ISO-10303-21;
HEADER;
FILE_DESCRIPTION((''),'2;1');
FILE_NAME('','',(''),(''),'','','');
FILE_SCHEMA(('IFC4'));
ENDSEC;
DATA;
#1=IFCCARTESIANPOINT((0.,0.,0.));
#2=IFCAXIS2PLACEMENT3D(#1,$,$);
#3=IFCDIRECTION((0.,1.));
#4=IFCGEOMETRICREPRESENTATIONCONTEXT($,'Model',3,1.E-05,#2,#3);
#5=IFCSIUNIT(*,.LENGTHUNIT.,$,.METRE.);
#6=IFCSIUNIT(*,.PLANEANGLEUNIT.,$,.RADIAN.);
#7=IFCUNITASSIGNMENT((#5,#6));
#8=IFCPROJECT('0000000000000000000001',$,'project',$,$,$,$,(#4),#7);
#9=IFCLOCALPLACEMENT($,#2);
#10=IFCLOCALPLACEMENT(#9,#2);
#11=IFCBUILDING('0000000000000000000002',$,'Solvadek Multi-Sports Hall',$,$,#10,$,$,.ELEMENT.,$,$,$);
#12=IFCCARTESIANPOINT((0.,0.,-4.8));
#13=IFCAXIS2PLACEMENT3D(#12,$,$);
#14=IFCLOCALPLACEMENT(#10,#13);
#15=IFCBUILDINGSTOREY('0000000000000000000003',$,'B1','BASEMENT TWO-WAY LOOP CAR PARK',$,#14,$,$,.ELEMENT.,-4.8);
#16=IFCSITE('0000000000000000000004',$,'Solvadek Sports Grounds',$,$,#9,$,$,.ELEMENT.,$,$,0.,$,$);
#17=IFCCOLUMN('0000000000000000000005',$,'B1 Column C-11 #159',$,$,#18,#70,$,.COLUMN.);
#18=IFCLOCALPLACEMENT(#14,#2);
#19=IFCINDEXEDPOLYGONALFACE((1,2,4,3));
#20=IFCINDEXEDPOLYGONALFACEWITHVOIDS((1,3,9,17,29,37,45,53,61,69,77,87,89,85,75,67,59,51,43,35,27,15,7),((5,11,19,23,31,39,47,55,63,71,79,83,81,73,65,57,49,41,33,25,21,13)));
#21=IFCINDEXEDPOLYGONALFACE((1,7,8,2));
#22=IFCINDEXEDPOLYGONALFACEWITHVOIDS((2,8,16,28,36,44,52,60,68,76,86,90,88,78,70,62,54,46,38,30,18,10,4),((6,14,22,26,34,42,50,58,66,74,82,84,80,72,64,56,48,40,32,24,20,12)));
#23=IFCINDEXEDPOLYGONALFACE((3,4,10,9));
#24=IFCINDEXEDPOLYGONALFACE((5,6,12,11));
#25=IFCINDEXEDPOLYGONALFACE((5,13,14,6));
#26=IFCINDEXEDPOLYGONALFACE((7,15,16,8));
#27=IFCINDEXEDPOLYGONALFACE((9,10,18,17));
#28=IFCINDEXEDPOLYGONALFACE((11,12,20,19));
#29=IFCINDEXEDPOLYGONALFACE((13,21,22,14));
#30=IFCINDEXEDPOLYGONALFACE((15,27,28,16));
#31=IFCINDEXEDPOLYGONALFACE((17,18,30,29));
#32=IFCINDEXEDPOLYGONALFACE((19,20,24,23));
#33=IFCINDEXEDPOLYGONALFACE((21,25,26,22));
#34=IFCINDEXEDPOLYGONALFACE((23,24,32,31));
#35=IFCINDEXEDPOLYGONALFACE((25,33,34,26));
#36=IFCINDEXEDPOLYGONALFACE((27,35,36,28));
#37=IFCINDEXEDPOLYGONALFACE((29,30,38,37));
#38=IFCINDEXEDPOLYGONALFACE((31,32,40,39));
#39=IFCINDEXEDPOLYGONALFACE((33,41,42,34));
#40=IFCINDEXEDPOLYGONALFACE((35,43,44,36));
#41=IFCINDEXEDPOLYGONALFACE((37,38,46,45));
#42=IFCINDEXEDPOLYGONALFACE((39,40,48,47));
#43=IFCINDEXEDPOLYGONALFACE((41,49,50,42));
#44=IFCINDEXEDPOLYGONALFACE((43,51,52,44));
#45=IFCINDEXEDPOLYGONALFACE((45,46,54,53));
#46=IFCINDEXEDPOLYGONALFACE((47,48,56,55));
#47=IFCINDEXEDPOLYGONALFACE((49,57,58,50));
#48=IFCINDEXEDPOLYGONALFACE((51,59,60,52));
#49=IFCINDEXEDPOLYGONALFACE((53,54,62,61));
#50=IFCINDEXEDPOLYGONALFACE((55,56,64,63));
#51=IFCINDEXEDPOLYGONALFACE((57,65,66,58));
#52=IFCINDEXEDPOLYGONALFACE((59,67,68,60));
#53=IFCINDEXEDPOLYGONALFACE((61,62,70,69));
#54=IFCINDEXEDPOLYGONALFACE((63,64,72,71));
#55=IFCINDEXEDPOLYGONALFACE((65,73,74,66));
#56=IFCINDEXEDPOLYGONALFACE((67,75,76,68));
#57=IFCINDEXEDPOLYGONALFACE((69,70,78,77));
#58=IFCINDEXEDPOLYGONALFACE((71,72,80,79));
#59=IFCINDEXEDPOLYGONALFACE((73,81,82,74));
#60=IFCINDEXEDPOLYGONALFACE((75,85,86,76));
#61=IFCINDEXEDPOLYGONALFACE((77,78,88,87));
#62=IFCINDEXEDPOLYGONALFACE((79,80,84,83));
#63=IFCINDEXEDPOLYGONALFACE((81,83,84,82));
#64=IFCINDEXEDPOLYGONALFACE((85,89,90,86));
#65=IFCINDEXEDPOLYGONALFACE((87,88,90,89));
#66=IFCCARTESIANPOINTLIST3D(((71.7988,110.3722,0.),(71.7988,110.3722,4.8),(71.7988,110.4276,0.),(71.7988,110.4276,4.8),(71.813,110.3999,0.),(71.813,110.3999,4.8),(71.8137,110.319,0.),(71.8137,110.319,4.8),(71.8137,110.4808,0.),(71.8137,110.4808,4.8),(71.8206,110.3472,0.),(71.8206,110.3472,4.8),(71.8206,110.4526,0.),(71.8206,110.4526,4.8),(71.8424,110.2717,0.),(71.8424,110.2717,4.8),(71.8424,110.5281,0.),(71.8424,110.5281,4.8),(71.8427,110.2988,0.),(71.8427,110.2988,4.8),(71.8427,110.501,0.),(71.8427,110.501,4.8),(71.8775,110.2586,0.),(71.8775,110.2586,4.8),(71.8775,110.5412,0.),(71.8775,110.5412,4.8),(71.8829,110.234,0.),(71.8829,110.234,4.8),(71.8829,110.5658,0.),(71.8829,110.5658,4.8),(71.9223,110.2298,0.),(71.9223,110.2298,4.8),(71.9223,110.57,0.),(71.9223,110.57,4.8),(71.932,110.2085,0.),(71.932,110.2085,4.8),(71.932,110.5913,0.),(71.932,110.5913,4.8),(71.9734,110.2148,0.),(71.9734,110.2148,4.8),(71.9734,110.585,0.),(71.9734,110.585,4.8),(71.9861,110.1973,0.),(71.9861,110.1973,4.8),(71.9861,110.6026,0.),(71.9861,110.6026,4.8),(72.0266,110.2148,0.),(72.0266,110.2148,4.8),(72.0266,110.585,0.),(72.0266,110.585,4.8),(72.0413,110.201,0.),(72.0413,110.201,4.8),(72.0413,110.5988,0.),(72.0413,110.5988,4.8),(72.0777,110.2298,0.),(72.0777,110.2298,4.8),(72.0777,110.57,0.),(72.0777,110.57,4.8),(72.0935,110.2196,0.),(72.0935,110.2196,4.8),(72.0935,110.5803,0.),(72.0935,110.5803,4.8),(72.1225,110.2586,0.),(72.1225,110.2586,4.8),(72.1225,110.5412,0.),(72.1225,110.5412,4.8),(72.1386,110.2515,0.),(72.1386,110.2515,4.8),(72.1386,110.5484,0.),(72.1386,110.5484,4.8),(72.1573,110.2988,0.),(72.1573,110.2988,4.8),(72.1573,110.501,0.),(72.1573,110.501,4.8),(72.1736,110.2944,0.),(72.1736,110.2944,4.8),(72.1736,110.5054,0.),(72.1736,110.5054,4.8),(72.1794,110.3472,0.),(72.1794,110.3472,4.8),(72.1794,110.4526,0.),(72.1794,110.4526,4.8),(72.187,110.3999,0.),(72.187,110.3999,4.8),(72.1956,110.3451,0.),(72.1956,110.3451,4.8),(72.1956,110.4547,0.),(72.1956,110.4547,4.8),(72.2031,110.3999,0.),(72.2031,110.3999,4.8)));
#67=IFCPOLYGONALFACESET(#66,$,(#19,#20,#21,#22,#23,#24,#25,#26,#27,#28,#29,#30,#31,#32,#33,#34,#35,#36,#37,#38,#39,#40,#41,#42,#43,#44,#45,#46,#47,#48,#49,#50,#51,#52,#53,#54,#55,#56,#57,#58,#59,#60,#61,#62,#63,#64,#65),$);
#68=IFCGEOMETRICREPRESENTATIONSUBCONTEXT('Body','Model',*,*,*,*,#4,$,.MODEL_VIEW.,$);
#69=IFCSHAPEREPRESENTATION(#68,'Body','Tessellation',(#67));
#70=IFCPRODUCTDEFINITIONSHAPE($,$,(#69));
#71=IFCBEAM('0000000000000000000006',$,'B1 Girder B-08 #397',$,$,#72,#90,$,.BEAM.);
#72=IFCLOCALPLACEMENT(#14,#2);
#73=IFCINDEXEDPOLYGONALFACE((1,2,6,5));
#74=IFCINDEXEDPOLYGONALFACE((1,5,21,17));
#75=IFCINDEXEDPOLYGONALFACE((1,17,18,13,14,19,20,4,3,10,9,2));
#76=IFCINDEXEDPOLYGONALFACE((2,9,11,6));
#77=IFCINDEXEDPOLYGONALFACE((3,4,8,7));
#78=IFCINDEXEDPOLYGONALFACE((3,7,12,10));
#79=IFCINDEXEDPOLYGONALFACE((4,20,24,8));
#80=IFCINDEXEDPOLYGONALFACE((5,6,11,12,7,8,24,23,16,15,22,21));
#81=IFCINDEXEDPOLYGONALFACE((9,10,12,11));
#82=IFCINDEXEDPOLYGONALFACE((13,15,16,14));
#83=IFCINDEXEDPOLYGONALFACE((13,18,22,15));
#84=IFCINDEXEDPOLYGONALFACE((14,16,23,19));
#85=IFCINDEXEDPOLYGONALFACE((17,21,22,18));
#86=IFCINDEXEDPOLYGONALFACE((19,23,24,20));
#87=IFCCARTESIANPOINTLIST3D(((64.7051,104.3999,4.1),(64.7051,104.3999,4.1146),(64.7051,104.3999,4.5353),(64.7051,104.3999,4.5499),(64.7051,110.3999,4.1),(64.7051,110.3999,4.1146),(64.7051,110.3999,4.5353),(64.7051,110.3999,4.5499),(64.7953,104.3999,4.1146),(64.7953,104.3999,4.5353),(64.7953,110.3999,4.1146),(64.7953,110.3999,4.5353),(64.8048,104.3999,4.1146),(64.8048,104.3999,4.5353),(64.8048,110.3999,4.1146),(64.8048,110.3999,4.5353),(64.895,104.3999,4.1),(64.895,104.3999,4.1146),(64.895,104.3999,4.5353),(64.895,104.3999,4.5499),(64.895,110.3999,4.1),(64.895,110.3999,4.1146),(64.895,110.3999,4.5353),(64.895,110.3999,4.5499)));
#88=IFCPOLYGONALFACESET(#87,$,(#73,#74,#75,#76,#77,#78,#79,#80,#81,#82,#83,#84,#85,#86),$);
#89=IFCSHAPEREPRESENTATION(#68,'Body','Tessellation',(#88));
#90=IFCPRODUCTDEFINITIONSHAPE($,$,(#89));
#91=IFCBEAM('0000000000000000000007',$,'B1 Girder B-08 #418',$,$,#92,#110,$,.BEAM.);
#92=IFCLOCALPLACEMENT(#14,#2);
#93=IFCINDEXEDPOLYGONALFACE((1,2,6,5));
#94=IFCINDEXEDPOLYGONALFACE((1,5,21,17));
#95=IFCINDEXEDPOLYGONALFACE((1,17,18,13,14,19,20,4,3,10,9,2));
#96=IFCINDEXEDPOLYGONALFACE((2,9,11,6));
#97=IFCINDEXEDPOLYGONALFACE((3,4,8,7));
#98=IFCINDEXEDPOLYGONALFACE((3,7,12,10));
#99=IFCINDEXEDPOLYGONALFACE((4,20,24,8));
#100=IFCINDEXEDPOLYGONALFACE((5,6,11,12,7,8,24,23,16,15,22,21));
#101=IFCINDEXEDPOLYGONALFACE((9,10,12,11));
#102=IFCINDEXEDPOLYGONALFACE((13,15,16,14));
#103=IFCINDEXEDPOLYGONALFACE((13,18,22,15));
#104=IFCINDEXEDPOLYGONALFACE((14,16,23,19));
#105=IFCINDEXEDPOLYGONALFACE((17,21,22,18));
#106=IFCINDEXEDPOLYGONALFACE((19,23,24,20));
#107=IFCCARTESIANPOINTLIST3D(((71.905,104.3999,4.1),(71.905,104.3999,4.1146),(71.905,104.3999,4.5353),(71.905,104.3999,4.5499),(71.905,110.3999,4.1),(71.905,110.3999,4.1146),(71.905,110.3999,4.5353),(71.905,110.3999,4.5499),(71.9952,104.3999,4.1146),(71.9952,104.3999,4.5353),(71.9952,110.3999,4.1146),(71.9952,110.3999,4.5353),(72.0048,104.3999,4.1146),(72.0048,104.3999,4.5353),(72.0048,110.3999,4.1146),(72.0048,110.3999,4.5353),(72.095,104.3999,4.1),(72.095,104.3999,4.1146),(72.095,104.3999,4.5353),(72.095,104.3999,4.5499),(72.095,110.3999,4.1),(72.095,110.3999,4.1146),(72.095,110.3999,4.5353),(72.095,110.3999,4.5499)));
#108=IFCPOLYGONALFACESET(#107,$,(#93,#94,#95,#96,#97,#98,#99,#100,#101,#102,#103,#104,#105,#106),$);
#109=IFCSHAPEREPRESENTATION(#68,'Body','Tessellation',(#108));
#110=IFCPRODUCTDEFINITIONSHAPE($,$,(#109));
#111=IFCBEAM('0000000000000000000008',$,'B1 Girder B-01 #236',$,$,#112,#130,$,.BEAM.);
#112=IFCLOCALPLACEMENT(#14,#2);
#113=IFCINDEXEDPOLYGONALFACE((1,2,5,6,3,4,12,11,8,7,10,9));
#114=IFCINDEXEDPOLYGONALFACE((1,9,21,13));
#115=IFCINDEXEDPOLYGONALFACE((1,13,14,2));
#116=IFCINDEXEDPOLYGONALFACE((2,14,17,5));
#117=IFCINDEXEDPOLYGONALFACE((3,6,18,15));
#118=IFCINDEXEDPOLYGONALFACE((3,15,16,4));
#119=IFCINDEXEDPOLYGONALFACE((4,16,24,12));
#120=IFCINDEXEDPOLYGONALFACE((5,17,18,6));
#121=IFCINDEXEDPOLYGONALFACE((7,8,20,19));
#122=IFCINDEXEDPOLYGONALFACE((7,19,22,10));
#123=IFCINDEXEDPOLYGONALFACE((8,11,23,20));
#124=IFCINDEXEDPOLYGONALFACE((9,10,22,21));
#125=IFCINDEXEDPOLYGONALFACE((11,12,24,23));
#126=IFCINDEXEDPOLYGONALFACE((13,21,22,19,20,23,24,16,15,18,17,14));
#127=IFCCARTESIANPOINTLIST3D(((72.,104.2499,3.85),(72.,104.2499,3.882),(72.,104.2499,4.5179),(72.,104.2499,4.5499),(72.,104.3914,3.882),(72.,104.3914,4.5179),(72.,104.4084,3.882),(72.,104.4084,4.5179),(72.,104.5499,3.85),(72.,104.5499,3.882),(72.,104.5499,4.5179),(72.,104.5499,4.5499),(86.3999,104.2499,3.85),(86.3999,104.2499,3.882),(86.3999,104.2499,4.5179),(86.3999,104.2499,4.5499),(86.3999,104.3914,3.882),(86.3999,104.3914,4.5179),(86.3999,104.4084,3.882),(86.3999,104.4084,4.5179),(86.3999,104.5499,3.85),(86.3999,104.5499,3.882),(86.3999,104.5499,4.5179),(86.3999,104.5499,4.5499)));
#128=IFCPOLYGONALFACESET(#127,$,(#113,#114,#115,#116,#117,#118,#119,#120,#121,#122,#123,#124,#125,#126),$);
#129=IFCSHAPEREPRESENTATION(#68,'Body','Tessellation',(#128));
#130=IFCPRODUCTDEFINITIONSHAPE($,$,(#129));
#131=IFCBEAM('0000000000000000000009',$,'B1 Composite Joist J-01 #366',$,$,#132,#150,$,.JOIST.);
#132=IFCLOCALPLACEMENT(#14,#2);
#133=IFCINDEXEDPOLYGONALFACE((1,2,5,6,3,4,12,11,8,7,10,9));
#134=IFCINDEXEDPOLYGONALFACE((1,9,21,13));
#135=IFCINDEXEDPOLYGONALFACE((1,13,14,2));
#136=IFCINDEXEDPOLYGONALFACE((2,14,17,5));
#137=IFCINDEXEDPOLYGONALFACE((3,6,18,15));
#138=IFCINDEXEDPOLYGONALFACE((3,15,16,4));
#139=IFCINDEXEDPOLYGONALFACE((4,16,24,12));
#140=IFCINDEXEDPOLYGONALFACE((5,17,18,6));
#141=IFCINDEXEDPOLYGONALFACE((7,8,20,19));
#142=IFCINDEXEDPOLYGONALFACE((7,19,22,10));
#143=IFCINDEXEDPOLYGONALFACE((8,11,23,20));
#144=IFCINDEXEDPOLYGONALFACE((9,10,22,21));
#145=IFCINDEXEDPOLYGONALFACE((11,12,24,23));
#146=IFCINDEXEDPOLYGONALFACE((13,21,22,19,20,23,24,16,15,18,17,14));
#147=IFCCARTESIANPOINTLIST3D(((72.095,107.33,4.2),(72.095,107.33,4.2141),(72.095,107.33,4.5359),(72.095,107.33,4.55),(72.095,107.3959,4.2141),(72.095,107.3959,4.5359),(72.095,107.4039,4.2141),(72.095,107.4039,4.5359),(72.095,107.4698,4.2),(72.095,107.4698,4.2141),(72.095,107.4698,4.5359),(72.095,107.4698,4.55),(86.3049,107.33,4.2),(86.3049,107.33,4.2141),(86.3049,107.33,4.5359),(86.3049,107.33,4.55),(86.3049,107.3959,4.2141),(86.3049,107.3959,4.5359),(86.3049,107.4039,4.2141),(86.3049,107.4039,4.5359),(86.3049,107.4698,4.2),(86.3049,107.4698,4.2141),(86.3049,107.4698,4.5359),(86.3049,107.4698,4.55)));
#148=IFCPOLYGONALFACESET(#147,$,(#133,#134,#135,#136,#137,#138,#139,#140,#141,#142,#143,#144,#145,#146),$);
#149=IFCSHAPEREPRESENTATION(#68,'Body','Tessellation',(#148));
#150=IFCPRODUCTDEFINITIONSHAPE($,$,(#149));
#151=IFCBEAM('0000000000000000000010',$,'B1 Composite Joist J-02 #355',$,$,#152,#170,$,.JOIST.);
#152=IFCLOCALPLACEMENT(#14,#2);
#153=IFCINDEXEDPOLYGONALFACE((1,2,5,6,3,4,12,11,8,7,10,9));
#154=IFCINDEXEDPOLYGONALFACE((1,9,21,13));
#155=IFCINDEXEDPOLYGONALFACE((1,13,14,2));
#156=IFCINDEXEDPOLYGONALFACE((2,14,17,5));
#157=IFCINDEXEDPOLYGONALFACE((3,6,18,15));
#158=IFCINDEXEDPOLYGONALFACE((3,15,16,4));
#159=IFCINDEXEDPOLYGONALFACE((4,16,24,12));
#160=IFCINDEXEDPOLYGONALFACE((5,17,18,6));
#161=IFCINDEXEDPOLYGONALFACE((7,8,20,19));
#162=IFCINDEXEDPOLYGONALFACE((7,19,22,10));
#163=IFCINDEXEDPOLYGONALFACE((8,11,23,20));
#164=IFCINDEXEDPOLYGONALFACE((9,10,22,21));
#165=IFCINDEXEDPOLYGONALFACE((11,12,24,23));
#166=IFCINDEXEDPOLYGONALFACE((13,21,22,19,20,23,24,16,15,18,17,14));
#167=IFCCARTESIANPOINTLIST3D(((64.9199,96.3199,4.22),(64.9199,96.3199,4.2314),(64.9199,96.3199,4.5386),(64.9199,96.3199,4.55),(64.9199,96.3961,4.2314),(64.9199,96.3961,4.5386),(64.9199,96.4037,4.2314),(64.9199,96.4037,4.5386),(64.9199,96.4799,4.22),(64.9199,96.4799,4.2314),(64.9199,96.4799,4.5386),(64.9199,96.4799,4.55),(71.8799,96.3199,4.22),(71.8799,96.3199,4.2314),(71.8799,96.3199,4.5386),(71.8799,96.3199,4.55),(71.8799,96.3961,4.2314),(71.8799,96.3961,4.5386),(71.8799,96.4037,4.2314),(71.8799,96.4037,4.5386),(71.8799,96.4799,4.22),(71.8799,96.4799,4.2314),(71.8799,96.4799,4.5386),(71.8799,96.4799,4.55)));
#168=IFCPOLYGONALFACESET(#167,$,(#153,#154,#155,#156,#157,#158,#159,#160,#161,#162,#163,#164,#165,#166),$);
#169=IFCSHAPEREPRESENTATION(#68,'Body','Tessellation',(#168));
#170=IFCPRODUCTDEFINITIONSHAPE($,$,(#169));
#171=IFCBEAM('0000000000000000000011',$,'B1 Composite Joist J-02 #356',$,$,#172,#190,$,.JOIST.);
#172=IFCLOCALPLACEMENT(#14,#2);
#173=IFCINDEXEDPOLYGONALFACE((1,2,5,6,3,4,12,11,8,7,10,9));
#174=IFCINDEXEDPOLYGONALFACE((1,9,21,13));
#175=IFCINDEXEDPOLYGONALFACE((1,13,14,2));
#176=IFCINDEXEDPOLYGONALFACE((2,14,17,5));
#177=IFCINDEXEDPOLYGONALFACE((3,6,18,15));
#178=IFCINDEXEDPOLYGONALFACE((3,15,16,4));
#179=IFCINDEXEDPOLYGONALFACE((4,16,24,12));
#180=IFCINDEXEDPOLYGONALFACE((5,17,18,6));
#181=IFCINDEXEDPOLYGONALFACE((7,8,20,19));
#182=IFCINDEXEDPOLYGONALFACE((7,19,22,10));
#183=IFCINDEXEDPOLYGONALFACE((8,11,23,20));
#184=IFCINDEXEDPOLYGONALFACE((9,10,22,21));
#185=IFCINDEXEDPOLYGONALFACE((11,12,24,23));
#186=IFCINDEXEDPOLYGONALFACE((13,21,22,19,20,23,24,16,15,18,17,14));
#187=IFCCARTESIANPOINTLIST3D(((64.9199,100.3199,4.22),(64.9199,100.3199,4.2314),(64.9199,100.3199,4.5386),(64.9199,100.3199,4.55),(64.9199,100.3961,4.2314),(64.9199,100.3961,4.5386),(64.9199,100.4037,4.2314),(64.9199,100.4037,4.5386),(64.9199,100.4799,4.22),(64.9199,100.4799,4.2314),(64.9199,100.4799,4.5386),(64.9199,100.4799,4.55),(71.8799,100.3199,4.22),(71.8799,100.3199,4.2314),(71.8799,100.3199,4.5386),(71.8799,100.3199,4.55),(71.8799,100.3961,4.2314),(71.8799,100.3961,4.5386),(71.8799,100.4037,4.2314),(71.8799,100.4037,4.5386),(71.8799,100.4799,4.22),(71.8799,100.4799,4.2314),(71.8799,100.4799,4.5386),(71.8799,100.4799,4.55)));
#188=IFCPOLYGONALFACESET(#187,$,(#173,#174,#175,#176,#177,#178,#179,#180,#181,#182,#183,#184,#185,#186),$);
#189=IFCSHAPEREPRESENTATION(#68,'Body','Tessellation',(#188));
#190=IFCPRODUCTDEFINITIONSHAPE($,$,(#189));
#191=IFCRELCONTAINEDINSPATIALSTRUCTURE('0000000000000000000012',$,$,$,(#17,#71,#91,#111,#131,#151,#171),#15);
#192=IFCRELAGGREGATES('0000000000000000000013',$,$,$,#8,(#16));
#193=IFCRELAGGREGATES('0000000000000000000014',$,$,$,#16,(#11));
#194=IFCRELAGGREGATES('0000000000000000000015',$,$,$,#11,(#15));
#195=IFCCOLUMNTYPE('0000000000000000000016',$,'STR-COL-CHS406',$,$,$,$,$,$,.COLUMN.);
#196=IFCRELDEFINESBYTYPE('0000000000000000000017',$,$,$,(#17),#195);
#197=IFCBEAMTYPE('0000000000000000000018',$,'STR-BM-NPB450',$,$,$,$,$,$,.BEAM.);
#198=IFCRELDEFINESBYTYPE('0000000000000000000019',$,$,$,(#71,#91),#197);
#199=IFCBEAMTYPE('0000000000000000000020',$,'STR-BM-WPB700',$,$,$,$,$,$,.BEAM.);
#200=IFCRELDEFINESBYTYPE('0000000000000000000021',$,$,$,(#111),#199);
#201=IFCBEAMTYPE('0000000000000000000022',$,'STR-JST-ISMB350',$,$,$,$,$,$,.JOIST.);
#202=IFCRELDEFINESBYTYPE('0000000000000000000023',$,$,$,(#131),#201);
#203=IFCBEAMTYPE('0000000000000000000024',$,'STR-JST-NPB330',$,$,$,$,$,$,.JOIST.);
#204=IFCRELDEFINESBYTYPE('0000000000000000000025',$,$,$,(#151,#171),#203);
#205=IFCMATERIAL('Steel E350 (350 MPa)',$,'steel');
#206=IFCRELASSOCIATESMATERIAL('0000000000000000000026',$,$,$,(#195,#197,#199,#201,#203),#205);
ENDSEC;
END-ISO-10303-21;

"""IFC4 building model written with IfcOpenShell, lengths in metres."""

from ifc_helpers import new_model, si_unit, direction, frame, origin, origin_2d, place, context, subcontext, project, spatial, hollow_circle, i_section, extrude, material, material_profile, profile_set, type_object, element, save


model = new_model("IFC4")

# Units and contexts
model_context = context("Model", 3, precision=1e-05, world=origin(), true_north=direction((0.0, 1.0)))
body_context = subcontext(model_context, "Body", "Model", "MODEL_VIEW")
ifc_project = project(units=[si_unit("LENGTHUNIT", "METRE"), si_unit("PLANEANGLEUNIT", "RADIAN")], contexts=[model_context])

# Site, building, storey
site_placement = place(None, origin())
site = spatial("IfcSite", under=ifc_project, at=site_placement, Name="Solvadek Sports Grounds", CompositionType="ELEMENT", RefElevation=0.0)
building_placement = place(site_placement, origin())
building = spatial("IfcBuilding", under=site, at=building_placement, Name="Solvadek Multi-Sports Hall", CompositionType="ELEMENT")
storey_placement = place(building_placement, frame((0.0, 0.0, -4.8)))
storey = spatial("IfcBuildingStorey", under=building, at=storey_placement, Name="B1", Description="BASEMENT TWO-WAY LOOP CAR PARK", CompositionType="ELEMENT", Elevation=-4.8)

# Column
ifc_material_1 = material(Name="Steel E350 (350 MPa)", Category="steel")
ifc_material_profile_1 = material_profile(ifc_material_1, hollow_circle(Radius=0.2031, WallThickness=0.0161, at=origin_2d()), Name="CHS 406.4x16")
ifc_profile_set_1 = profile_set([ifc_material_profile_1], Name="Steel E350 (350 MPa)")
column_type = type_object("IfcColumnType", Name="STR-COL-CHS406", PredefinedType="COLUMN", material=ifc_profile_set_1)
for number, where, z_axis, x_axis, name in (
    (1, (72.0, 110.3999, 0.0), (0.0, 0.0, 1.0), (1.0, 0.0, 0.0), "B1 Column C-11 #159"),
):
    element("IfcColumn", number, at=place(storey_placement, frame(where, z_axis=z_axis, x_axis=x_axis)), inside=storey, type_object=column_type, Name=name, PredefinedType="COLUMN", context=body_context, shape_type="SweptSolid", body=[
        extrude(hollow_circle(Radius=0.2031, WallThickness=0.0161, at=origin_2d()), origin(), (0.0, 0.0, 1.0), 4.8),
    ])

# Beams
ifc_material_profile_2 = material_profile(ifc_material_1, i_section(OverallWidth=0.1899, OverallDepth=0.45, WebThickness=0.0095, FlangeThickness=0.0146, at=origin_2d()), Name="NPB 450")
ifc_profile_set_2 = profile_set([ifc_material_profile_2], Name="Steel E350 (350 MPa)")
beam_type_1 = type_object("IfcBeamType", Name="STR-BM-NPB450", PredefinedType="BEAM", material=ifc_profile_set_2)
for number, where, z_axis, x_axis, name in (
    (2, (64.8, 104.3999, 4.325), (0.0, 1.0, 0.0), (-1.0, 0.0, 0.0), "B1 Girder B-08 #397"),
    (3, (72.0, 104.3999, 4.325), (0.0, 1.0, 0.0), (-1.0, 0.0, 0.0), "B1 Girder B-08 #418"),
):
    element("IfcBeam", number, at=place(storey_placement, frame(where, z_axis=z_axis, x_axis=x_axis)), inside=storey, type_object=beam_type_1, Name=name, PredefinedType="BEAM", context=body_context, shape_type="SweptSolid", body=[
        extrude(i_section(OverallWidth=0.1899, OverallDepth=0.45, WebThickness=0.0095, FlangeThickness=0.0146, at=origin_2d()), origin(), (0.0, 0.0, 1.0), 6.0),
    ])
ifc_material_profile_3 = material_profile(ifc_material_1, i_section(OverallWidth=0.3, OverallDepth=0.7, WebThickness=0.0171, FlangeThickness=0.032, at=origin_2d()), Name="WPB 700")
ifc_profile_set_3 = profile_set([ifc_material_profile_3], Name="Steel E350 (350 MPa)")
beam_type_2 = type_object("IfcBeamType", Name="STR-BM-WPB700", PredefinedType="BEAM", material=ifc_profile_set_3)
beam_1_placement = place(storey_placement, frame((72.0, 104.3999, 4.2), z_axis=(1.0, 0.0, 0.0), x_axis=(0.0, 1.0, 0.0)))
element("IfcBeam", 4, at=beam_1_placement, inside=storey, type_object=beam_type_2, Name="B1 Girder B-01 #236", PredefinedType="BEAM", context=body_context, shape_type="SweptSolid", body=[
    extrude(i_section(OverallWidth=0.3, OverallDepth=0.7, WebThickness=0.0171, FlangeThickness=0.032, at=origin_2d()), origin(), (0.0, 0.0, 1.0), 14.3999),
])
ifc_material_profile_4 = material_profile(ifc_material_1, i_section(OverallWidth=0.1399, OverallDepth=0.3501, WebThickness=0.0081, FlangeThickness=0.0142, at=origin_2d()), Name="ISMB 350")
ifc_profile_set_4 = profile_set([ifc_material_profile_4], Name="Steel E350 (350 MPa)")
beam_type_3 = type_object("IfcBeamType", Name="STR-JST-ISMB350", PredefinedType="JOIST", material=ifc_profile_set_4)
beam_2_placement = place(storey_placement, frame((72.095, 107.3999, 4.375), z_axis=(1.0, 0.0, 0.0), x_axis=(0.0, 1.0, 0.0)))
element("IfcBeam", 5, at=beam_2_placement, inside=storey, type_object=beam_type_3, Name="B1 Composite Joist J-01 #366", PredefinedType="JOIST", context=body_context, shape_type="SweptSolid", body=[
    extrude(i_section(OverallWidth=0.1399, OverallDepth=0.3501, WebThickness=0.0081, FlangeThickness=0.0142, at=origin_2d()), origin(), (0.0, 0.0, 1.0), 14.21),
])
ifc_material_profile_5 = material_profile(ifc_material_1, i_section(OverallWidth=0.1599, OverallDepth=0.3301, WebThickness=0.0076, FlangeThickness=0.0115, at=origin_2d()), Name="NPB 330")
ifc_profile_set_5 = profile_set([ifc_material_profile_5], Name="Steel E350 (350 MPa)")
beam_type_4 = type_object("IfcBeamType", Name="STR-JST-NPB330", PredefinedType="JOIST", material=ifc_profile_set_5)
for number, where, z_axis, x_axis, name in (
    (6, (64.9199, 96.3999, 4.385), (1.0, 0.0, 0.0), (0.0, 1.0, 0.0), "B1 Composite Joist J-02 #355"),
    (7, (64.9199, 100.3999, 4.385), (1.0, 0.0, 0.0), (0.0, 1.0, 0.0), "B1 Composite Joist J-02 #356"),
):
    element("IfcBeam", number, at=place(storey_placement, frame(where, z_axis=z_axis, x_axis=x_axis)), inside=storey, type_object=beam_type_4, Name=name, PredefinedType="JOIST", context=body_context, shape_type="SweptSolid", body=[
        extrude(i_section(OverallWidth=0.1599, OverallDepth=0.3301, WebThickness=0.0076, FlangeThickness=0.0115, at=origin_2d()), origin(), (0.0, 0.0, 1.0), 6.96),
    ])

save(model, "model.ifc")
